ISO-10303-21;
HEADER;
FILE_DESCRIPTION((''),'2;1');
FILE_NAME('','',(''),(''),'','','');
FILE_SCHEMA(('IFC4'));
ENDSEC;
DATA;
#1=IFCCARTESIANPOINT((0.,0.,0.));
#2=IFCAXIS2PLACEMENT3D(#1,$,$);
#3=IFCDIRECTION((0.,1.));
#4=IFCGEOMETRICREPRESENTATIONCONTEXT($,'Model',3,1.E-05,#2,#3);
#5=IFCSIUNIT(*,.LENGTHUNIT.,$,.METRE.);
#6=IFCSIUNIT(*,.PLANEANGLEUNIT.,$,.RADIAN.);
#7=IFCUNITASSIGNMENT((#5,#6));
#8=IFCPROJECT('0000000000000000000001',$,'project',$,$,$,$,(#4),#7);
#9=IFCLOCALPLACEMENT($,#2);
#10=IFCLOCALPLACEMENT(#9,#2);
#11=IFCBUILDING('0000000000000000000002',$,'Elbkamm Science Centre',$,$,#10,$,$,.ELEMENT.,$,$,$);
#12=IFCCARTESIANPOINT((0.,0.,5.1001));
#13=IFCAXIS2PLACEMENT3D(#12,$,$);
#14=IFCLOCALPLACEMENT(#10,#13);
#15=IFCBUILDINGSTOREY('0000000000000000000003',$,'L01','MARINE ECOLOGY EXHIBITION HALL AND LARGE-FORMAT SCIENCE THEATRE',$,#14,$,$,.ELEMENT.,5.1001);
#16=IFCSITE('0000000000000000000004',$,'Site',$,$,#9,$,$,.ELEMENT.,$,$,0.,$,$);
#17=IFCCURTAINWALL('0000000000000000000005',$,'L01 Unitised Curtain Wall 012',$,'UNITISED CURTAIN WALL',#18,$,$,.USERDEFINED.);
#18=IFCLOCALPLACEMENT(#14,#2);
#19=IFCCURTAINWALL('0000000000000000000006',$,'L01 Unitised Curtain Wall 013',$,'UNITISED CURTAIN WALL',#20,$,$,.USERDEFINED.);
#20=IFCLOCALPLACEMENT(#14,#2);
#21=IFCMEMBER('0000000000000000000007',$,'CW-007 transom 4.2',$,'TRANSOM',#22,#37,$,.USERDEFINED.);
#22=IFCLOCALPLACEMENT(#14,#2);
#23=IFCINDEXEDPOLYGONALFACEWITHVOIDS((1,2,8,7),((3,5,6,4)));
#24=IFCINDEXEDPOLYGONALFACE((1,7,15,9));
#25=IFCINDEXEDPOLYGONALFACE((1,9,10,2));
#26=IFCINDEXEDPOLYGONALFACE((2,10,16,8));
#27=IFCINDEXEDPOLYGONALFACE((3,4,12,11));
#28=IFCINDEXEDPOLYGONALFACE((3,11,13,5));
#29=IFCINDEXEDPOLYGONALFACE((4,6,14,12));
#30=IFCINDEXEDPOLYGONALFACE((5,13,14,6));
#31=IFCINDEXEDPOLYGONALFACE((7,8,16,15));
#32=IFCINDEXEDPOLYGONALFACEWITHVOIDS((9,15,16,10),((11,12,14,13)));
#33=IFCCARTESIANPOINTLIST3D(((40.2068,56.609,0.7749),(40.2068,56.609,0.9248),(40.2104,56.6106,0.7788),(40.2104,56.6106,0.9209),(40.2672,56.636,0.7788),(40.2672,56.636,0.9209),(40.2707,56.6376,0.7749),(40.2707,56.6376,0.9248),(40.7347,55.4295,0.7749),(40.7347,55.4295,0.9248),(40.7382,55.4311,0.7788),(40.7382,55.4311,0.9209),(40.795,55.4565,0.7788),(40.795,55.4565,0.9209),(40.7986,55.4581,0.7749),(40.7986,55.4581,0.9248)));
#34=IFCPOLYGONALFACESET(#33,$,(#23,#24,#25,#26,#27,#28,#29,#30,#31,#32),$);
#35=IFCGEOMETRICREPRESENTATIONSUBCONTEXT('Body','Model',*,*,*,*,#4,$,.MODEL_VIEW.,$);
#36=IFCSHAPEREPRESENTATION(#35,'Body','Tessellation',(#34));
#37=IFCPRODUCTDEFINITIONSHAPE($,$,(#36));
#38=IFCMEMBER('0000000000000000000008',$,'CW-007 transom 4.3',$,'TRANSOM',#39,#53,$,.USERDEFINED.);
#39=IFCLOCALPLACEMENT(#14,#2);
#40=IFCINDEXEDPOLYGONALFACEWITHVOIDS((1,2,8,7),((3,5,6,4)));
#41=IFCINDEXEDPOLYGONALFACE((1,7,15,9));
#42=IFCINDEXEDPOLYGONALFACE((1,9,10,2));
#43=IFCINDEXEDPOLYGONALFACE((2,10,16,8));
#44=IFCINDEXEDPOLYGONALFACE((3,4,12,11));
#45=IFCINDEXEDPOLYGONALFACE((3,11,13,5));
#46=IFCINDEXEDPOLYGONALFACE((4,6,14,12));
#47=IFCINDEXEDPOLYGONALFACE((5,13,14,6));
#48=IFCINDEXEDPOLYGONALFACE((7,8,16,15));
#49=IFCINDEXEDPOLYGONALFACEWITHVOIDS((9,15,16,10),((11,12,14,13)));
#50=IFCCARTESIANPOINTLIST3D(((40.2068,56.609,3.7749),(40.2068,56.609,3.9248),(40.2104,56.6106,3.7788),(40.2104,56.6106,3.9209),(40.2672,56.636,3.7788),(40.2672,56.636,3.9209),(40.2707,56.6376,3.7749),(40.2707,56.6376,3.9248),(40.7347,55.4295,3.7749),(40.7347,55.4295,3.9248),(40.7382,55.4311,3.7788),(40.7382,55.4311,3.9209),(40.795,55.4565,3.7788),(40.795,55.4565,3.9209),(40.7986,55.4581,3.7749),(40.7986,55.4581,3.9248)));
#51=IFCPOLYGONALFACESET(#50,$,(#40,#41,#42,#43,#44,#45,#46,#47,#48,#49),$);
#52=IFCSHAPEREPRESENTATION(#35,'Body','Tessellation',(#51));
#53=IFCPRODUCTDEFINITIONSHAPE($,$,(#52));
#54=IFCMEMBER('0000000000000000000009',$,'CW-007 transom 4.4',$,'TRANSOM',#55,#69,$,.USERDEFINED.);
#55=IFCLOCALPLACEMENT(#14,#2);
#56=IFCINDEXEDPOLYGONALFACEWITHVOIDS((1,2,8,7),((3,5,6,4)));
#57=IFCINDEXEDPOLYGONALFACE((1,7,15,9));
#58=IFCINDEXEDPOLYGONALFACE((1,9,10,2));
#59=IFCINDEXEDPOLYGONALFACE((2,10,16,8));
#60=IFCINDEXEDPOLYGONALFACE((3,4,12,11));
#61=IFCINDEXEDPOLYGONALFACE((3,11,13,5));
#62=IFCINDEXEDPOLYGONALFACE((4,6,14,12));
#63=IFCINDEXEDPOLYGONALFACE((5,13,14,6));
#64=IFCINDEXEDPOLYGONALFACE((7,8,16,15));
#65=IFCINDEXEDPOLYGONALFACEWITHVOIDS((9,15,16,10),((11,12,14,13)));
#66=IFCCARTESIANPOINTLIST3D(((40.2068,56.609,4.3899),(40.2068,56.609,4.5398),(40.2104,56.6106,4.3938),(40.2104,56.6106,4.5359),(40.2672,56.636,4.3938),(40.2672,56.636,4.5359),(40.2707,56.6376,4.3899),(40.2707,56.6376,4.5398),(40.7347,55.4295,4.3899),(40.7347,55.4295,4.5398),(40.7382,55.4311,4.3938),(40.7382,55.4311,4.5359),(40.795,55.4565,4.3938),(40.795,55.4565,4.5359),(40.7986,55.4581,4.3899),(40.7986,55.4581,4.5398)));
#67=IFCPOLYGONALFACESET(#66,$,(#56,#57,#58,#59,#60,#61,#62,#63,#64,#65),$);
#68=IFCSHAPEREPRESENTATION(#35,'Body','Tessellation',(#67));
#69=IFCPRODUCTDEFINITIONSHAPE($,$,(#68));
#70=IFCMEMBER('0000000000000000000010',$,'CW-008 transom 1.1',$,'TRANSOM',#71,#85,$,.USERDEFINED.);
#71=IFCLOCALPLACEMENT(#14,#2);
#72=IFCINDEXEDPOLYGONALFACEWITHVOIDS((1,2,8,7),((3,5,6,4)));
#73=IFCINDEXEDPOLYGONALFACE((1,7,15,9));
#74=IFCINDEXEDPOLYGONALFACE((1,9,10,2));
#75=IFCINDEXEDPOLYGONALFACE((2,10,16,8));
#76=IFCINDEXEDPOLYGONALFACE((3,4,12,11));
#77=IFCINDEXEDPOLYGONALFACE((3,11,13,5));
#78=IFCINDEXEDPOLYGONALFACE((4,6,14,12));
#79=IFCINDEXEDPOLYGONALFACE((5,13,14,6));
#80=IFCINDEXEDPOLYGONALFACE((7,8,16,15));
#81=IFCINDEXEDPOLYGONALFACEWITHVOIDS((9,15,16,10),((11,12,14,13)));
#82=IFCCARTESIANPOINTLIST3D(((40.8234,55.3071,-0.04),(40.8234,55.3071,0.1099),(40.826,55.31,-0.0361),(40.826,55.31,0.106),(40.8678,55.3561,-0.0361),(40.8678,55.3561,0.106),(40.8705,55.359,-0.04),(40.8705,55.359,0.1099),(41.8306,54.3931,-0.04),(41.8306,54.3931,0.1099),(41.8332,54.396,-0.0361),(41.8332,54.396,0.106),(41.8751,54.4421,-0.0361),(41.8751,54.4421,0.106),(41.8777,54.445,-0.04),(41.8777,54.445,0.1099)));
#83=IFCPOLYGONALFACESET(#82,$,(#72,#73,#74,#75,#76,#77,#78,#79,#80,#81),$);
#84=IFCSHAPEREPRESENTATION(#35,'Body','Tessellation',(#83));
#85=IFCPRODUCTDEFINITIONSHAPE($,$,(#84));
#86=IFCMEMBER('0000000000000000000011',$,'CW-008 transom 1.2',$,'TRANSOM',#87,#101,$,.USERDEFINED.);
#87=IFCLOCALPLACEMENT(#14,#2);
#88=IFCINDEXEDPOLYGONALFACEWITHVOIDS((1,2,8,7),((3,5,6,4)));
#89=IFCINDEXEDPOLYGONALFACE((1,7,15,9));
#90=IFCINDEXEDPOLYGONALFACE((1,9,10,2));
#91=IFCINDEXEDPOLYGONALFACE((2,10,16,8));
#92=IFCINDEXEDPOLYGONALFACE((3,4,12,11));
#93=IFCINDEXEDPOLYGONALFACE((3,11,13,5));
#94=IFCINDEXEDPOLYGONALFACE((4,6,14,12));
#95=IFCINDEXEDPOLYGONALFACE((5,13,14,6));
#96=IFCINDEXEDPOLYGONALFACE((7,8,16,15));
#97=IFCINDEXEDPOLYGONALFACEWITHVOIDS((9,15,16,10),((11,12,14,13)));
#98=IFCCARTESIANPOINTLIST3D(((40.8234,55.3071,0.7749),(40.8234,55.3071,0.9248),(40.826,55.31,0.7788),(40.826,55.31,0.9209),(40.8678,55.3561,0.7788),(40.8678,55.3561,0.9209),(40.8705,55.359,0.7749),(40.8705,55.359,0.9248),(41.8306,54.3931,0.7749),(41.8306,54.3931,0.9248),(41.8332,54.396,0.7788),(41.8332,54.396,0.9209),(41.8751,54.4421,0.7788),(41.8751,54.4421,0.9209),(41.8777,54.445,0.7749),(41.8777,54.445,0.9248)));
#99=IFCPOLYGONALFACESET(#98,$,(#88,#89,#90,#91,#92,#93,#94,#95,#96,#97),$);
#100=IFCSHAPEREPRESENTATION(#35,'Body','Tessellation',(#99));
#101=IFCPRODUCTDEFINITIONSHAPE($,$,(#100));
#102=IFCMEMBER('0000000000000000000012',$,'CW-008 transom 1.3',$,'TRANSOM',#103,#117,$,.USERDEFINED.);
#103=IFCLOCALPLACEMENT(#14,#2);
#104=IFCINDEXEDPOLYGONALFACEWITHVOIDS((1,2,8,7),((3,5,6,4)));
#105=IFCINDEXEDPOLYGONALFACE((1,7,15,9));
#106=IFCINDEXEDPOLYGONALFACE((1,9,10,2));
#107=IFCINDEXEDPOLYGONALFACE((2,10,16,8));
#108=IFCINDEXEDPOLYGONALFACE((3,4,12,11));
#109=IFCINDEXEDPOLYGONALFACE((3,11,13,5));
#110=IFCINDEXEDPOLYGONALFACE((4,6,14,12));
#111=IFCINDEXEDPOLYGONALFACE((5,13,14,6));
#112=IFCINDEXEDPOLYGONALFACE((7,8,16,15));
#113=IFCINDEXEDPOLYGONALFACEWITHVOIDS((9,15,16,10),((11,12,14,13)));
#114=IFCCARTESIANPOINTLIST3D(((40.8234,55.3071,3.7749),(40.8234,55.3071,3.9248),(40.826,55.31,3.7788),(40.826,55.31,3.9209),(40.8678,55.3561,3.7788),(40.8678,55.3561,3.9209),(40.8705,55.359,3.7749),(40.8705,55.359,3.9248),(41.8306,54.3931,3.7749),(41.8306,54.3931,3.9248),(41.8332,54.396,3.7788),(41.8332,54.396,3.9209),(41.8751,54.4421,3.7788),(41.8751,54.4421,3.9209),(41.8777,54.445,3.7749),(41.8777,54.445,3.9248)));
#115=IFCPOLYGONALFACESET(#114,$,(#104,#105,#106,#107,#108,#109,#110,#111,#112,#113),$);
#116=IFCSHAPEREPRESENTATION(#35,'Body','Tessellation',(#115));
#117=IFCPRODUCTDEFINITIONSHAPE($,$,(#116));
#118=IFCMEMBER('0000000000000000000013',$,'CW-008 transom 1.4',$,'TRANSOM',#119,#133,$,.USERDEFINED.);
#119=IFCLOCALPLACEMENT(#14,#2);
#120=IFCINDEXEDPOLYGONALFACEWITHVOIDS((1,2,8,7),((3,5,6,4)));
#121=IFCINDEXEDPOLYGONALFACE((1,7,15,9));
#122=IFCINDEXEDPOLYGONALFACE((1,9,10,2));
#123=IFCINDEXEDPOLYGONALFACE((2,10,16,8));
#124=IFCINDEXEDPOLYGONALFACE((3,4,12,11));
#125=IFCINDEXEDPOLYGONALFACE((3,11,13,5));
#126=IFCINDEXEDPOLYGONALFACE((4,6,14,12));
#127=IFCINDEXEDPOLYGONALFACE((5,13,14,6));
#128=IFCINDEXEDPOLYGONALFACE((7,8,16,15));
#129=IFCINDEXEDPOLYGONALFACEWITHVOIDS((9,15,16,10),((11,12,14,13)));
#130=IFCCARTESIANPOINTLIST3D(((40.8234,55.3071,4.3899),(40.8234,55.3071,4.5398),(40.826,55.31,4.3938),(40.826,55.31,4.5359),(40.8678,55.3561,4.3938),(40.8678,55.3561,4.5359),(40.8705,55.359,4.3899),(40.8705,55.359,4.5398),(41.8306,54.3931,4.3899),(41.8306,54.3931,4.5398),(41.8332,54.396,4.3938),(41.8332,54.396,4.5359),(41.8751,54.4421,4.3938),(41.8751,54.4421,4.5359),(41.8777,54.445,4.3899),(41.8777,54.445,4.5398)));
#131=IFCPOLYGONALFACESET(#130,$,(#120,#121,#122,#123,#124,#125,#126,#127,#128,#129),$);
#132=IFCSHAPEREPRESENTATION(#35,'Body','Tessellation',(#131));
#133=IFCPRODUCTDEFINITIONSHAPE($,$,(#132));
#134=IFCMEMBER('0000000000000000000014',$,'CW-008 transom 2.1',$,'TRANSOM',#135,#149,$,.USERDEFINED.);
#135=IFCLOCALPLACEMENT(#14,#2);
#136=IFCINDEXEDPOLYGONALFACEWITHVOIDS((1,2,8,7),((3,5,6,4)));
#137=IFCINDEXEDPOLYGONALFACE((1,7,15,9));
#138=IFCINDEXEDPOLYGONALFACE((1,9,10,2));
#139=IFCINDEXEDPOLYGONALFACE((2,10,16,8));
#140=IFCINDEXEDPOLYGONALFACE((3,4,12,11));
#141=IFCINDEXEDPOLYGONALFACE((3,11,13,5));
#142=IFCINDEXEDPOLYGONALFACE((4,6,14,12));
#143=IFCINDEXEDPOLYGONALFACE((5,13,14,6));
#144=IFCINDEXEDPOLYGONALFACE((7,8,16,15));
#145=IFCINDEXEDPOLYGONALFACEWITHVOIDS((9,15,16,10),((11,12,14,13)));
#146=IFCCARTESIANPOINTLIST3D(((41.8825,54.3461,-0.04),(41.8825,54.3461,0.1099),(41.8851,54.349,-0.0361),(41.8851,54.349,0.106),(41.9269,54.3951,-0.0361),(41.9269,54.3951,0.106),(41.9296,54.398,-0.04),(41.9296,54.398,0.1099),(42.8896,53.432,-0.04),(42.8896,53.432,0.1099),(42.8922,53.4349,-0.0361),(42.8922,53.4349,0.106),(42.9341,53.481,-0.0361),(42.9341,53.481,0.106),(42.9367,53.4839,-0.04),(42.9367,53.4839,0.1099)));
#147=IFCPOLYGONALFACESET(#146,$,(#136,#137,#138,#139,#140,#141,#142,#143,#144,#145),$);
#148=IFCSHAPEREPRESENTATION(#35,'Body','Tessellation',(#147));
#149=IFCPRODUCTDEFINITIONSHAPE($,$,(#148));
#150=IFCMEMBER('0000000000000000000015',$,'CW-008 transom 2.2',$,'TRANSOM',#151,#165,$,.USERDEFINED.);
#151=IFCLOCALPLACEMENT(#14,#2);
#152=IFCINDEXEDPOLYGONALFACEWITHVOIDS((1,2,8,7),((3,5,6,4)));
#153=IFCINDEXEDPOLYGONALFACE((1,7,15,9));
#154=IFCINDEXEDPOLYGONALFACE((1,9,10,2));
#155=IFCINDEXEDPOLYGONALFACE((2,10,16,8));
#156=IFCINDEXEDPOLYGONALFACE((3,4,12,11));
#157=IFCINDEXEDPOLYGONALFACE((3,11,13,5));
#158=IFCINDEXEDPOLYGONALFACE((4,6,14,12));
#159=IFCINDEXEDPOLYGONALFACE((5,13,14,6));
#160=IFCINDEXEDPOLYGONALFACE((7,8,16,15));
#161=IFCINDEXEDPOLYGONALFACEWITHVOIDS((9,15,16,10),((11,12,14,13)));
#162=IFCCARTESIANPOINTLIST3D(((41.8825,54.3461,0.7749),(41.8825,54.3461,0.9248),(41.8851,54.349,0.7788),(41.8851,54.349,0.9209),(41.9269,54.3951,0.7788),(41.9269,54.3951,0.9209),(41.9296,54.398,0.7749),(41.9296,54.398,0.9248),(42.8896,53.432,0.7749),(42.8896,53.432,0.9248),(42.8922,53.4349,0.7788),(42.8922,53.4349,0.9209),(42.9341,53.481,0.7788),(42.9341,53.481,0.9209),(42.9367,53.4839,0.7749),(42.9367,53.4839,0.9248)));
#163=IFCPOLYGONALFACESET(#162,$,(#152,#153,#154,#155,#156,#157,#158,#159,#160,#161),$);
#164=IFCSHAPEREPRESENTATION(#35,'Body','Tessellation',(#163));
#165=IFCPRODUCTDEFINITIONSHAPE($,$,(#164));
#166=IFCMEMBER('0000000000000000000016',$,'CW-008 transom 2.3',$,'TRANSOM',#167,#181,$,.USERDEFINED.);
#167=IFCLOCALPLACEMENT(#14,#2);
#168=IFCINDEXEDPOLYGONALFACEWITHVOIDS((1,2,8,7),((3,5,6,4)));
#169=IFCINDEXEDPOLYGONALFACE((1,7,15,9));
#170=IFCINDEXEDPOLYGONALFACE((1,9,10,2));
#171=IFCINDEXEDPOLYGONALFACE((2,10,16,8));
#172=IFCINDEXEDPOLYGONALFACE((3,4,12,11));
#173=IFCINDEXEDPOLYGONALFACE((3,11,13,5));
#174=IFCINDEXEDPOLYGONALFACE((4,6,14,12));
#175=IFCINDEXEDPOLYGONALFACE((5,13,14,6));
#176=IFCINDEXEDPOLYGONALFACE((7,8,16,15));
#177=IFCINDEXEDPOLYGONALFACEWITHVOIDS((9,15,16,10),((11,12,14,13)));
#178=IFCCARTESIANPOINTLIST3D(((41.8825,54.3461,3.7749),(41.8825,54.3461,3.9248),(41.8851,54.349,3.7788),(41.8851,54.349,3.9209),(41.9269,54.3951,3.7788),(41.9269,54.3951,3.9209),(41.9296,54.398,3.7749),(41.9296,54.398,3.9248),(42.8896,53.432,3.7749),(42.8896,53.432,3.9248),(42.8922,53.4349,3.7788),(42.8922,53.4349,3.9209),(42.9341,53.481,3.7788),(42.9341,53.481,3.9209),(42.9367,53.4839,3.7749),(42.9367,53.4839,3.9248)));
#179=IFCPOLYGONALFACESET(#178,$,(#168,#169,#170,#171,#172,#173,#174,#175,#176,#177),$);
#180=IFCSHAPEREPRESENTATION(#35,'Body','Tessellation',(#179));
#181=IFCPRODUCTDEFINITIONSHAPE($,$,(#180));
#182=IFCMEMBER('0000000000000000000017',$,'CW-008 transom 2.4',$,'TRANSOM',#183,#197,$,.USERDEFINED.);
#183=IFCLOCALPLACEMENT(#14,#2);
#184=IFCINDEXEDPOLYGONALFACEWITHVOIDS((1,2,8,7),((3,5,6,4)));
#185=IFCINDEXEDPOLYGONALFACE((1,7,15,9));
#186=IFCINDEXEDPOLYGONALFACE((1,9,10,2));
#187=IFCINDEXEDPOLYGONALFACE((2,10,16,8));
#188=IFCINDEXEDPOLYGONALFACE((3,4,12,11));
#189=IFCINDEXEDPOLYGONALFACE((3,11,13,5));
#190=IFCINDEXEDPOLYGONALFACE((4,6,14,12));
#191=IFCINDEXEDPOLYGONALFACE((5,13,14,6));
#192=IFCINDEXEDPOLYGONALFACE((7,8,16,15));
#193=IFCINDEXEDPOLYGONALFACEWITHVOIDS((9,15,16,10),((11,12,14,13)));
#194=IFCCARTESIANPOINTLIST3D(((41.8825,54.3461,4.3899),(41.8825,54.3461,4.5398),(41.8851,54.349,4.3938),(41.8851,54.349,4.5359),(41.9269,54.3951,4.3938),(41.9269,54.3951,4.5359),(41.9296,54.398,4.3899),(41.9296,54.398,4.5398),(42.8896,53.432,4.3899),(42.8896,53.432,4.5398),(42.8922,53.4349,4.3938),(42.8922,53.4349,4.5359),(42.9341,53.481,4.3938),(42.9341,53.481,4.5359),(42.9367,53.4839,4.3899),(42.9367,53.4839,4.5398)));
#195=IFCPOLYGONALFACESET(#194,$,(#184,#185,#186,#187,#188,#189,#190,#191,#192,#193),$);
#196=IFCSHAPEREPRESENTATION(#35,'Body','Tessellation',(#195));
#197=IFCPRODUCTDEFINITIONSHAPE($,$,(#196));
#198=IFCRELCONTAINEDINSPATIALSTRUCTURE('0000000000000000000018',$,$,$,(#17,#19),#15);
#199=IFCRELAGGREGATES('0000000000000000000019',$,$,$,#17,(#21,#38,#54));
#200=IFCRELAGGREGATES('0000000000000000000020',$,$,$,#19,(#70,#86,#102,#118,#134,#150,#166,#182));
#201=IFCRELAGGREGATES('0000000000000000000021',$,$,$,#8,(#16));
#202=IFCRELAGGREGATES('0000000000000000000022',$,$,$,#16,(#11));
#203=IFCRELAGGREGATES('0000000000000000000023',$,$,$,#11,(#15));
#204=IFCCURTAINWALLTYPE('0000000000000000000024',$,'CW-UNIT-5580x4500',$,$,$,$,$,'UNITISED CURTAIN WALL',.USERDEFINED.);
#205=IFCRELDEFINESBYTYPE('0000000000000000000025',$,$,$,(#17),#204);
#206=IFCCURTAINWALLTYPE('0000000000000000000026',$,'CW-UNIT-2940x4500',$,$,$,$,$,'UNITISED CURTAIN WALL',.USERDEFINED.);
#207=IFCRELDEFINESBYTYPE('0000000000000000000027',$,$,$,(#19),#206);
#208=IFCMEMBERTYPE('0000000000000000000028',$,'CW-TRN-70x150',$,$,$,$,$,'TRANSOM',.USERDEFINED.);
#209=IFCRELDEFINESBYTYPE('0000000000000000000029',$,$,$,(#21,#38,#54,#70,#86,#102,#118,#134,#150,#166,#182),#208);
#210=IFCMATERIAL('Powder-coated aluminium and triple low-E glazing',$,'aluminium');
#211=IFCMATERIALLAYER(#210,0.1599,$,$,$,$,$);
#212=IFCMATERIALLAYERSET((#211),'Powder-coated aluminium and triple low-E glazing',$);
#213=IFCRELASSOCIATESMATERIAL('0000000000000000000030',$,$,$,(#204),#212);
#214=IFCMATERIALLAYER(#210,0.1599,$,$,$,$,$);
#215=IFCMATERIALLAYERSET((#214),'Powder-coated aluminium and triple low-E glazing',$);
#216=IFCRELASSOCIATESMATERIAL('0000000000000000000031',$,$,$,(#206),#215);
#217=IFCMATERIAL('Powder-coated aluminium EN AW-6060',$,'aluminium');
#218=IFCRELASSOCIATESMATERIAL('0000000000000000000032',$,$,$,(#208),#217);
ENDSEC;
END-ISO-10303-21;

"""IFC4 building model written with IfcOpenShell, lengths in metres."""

from ifc_helpers import new_model, si_unit, direction, frame, origin, origin_2d, place, context, subcontext, project, spatial, hollow_rectangle, extrude, material, layer, layer_set, material_profile, profile_set, type_object, element, aggregate, save


model = new_model("IFC4")

# Units and contexts
model_context = context("Model", 3, precision=1e-05, world=origin(), true_north=direction((0.0, 1.0)))
body_context = subcontext(model_context, "Body", "Model", "MODEL_VIEW")
ifc_project = project(units=[si_unit("LENGTHUNIT", "METRE"), si_unit("PLANEANGLEUNIT", "RADIAN")], contexts=[model_context])

# Site, building, storey
site_placement = place(None, origin())
site = spatial("IfcSite", under=ifc_project, at=site_placement, Name="Site", CompositionType="ELEMENT", RefElevation=0.0)
building_placement = place(site_placement, origin())
building = spatial("IfcBuilding", under=site, at=building_placement, Name="Elbkamm Science Centre", CompositionType="ELEMENT")
storey_placement = place(building_placement, frame((0.0, 0.0, 5.1001)))
storey = spatial("IfcBuildingStorey", under=building, at=storey_placement, Name="L01", Description="MARINE ECOLOGY EXHIBITION HALL AND LARGE-FORMAT SCIENCE THEATRE", CompositionType="ELEMENT", Elevation=5.1001)

# Curtain wall
ifc_material_1 = material(Name="Powder-coated aluminium and triple low-E glazing", Category="aluminium")
ifc_layer_1 = layer(ifc_material_1, 0.1599)
ifc_layer_set_1 = layer_set([ifc_layer_1], Name="Powder-coated aluminium and triple low-E glazing")
curtain_wall_type_1 = type_object("IfcCurtainWallType", Name="CW-UNIT-5580x4500", ElementType="UNITISED CURTAIN WALL", PredefinedType="USERDEFINED", material=ifc_layer_set_1)
curtain_wall_1_placement = place(storey_placement, origin())
curtain_wall_1 = element("IfcCurtainWall", 1, at=curtain_wall_1_placement, inside=storey, type_object=curtain_wall_type_1, Name="L01 Unitised Curtain Wall 012", ObjectType="UNITISED CURTAIN WALL", PredefinedType="USERDEFINED")
ifc_material_2 = material(Name="Powder-coated aluminium EN AW-6060", Category="aluminium")

# Curtain wall
ifc_layer_2 = layer(ifc_material_1, 0.1599)
ifc_layer_set_2 = layer_set([ifc_layer_2], Name="Powder-coated aluminium and triple low-E glazing")
curtain_wall_type_2 = type_object("IfcCurtainWallType", Name="CW-UNIT-2940x4500", ElementType="UNITISED CURTAIN WALL", PredefinedType="USERDEFINED", material=ifc_layer_set_2)
curtain_wall_2_placement = place(storey_placement, origin())
curtain_wall_2 = element("IfcCurtainWall", 2, at=curtain_wall_2_placement, inside=storey, type_object=curtain_wall_type_2, Name="L01 Unitised Curtain Wall 013", ObjectType="UNITISED CURTAIN WALL", PredefinedType="USERDEFINED")

# Members
ifc_material_profile_1 = material_profile(ifc_material_2, hollow_rectangle(XDim=0.0701, YDim=0.1499, WallThickness=0.0039, at=origin_2d()), Name="ALU T70x150")
ifc_profile_set_1 = profile_set([ifc_material_profile_1], Name="Powder-coated aluminium EN AW-6060")
member_type_1 = type_object("IfcMemberType", Name="CW-TRN-70x150", ElementType="TRANSOM", PredefinedType="USERDEFINED", material=ifc_profile_set_1)
member_1_placement = place(storey_placement, frame((40.2388, 56.6233, 0.8499), z_axis=(0.408486, -0.912764, 0.0), x_axis=(0.912764, 0.408486, 0.0)))
member_1 = element("IfcMember", 3, at=member_1_placement, type_object=member_type_1, Name="CW-007 transom 4.2", ObjectType="TRANSOM", PredefinedType="USERDEFINED", context=body_context, shape_type="SweptSolid", body=[
    extrude(hollow_rectangle(XDim=0.0701, YDim=0.1499, WallThickness=0.0039, at=origin_2d()), origin(), (0.0, 0.0, 1.0), 1.2922),
])
member_2_placement = place(storey_placement, frame((40.2388, 56.6233, 3.8499), z_axis=(0.408486, -0.912764, 0.0), x_axis=(0.912764, 0.408486, 0.0)))
member_2 = element("IfcMember", 4, at=member_2_placement, type_object=member_type_1, Name="CW-007 transom 4.3", ObjectType="TRANSOM", PredefinedType="USERDEFINED", context=body_context, shape_type="SweptSolid", body=[
    extrude(hollow_rectangle(XDim=0.0701, YDim=0.1499, WallThickness=0.0039, at=origin_2d()), origin(), (0.0, 0.0, 1.0), 1.2922),
])
member_3_placement = place(storey_placement, frame((40.2388, 56.6233, 4.4648), z_axis=(0.408486, -0.912764, 0.0), x_axis=(0.912764, 0.408486, 0.0)))
member_3 = element("IfcMember", 5, at=member_3_placement, type_object=member_type_1, Name="CW-007 transom 4.4", ObjectType="TRANSOM", PredefinedType="USERDEFINED", context=body_context, shape_type="SweptSolid", body=[
    extrude(hollow_rectangle(XDim=0.0701, YDim=0.1499, WallThickness=0.0039, at=origin_2d()), origin(), (0.0, 0.0, 1.0), 1.2922),
])
member_4_placement = place(storey_placement, frame((40.8469, 55.333, 0.0349), z_axis=(0.740557, -0.671994, 0.0), x_axis=(0.671994, 0.740557, 0.0)))
member_4 = element("IfcMember", 6, at=member_4_placement, type_object=member_type_1, Name="CW-008 transom 1.1", ObjectType="TRANSOM", PredefinedType="USERDEFINED", context=body_context, shape_type="SweptSolid", body=[
    extrude(hollow_rectangle(XDim=0.0701, YDim=0.1499, WallThickness=0.0039, at=origin_2d()), origin(), (0.0, 0.0, 1.0), 1.3601),
])
member_5_placement = place(storey_placement, frame((40.8469, 55.333, 0.8499), z_axis=(0.740557, -0.671994, 0.0), x_axis=(0.671994, 0.740557, 0.0)))
member_5 = element("IfcMember", 7, at=member_5_placement, type_object=member_type_1, Name="CW-008 transom 1.2", ObjectType="TRANSOM", PredefinedType="USERDEFINED", context=body_context, shape_type="SweptSolid", body=[
    extrude(hollow_rectangle(XDim=0.0701, YDim=0.1499, WallThickness=0.0039, at=origin_2d()), origin(), (0.0, 0.0, 1.0), 1.3601),
])
member_6_placement = place(storey_placement, frame((40.8469, 55.333, 3.8499), z_axis=(0.740557, -0.671994, 0.0), x_axis=(0.671994, 0.740557, 0.0)))
member_6 = element("IfcMember", 8, at=member_6_placement, type_object=member_type_1, Name="CW-008 transom 1.3", ObjectType="TRANSOM", PredefinedType="USERDEFINED", context=body_context, shape_type="SweptSolid", body=[
    extrude(hollow_rectangle(XDim=0.0701, YDim=0.1499, WallThickness=0.0039, at=origin_2d()), origin(), (0.0, 0.0, 1.0), 1.3601),
])
member_7_placement = place(storey_placement, frame((40.8469, 55.333, 4.4648), z_axis=(0.740557, -0.671994, 0.0), x_axis=(0.671994, 0.740557, 0.0)))
member_7 = element("IfcMember", 9, at=member_7_placement, type_object=member_type_1, Name="CW-008 transom 1.4", ObjectType="TRANSOM", PredefinedType="USERDEFINED", context=body_context, shape_type="SweptSolid", body=[
    extrude(hollow_rectangle(XDim=0.0701, YDim=0.1499, WallThickness=0.0039, at=origin_2d()), origin(), (0.0, 0.0, 1.0), 1.3601),
])
member_8_placement = place(storey_placement, frame((41.906, 54.3721, 0.0349), z_axis=(0.740476, -0.672083, 0.0), x_axis=(0.672083, 0.740476, 0.0)))
member_8 = element("IfcMember", 10, at=member_8_placement, type_object=member_type_1, Name="CW-008 transom 2.1", ObjectType="TRANSOM", PredefinedType="USERDEFINED", context=body_context, shape_type="SweptSolid", body=[
    extrude(hollow_rectangle(XDim=0.0701, YDim=0.1499, WallThickness=0.0039, at=origin_2d()), origin(), (0.0, 0.0, 1.0), 1.3601),
])
member_9_placement = place(storey_placement, frame((41.906, 54.3721, 0.8499), z_axis=(0.740476, -0.672083, 0.0), x_axis=(0.672083, 0.740476, 0.0)))
member_9 = element("IfcMember", 11, at=member_9_placement, type_object=member_type_1, Name="CW-008 transom 2.2", ObjectType="TRANSOM", PredefinedType="USERDEFINED", context=body_context, shape_type="SweptSolid", body=[
    extrude(hollow_rectangle(XDim=0.0701, YDim=0.1499, WallThickness=0.0039, at=origin_2d()), origin(), (0.0, 0.0, 1.0), 1.3601),
])
member_10_placement = place(storey_placement, frame((41.906, 54.3721, 3.8499), z_axis=(0.740476, -0.672083, 0.0), x_axis=(0.672083, 0.740476, 0.0)))
member_10 = element("IfcMember", 12, at=member_10_placement, type_object=member_type_1, Name="CW-008 transom 2.3", ObjectType="TRANSOM", PredefinedType="USERDEFINED", context=body_context, shape_type="SweptSolid", body=[
    extrude(hollow_rectangle(XDim=0.0701, YDim=0.1499, WallThickness=0.0039, at=origin_2d()), origin(), (0.0, 0.0, 1.0), 1.3601),
])
member_11_placement = place(storey_placement, frame((41.906, 54.3721, 4.4648), z_axis=(0.740476, -0.672083, 0.0), x_axis=(0.672083, 0.740476, 0.0)))
member_11 = element("IfcMember", 13, at=member_11_placement, type_object=member_type_1, Name="CW-008 transom 2.4", ObjectType="TRANSOM", PredefinedType="USERDEFINED", context=body_context, shape_type="SweptSolid", body=[
    extrude(hollow_rectangle(XDim=0.0701, YDim=0.1499, WallThickness=0.0039, at=origin_2d()), origin(), (0.0, 0.0, 1.0), 1.3601),
])

aggregate(curtain_wall_1, [member_1, member_2, member_3])
aggregate(curtain_wall_2, [member_4, member_5, member_6, member_7, member_8, member_9, member_10, member_11])

save(model, "model.ifc")
